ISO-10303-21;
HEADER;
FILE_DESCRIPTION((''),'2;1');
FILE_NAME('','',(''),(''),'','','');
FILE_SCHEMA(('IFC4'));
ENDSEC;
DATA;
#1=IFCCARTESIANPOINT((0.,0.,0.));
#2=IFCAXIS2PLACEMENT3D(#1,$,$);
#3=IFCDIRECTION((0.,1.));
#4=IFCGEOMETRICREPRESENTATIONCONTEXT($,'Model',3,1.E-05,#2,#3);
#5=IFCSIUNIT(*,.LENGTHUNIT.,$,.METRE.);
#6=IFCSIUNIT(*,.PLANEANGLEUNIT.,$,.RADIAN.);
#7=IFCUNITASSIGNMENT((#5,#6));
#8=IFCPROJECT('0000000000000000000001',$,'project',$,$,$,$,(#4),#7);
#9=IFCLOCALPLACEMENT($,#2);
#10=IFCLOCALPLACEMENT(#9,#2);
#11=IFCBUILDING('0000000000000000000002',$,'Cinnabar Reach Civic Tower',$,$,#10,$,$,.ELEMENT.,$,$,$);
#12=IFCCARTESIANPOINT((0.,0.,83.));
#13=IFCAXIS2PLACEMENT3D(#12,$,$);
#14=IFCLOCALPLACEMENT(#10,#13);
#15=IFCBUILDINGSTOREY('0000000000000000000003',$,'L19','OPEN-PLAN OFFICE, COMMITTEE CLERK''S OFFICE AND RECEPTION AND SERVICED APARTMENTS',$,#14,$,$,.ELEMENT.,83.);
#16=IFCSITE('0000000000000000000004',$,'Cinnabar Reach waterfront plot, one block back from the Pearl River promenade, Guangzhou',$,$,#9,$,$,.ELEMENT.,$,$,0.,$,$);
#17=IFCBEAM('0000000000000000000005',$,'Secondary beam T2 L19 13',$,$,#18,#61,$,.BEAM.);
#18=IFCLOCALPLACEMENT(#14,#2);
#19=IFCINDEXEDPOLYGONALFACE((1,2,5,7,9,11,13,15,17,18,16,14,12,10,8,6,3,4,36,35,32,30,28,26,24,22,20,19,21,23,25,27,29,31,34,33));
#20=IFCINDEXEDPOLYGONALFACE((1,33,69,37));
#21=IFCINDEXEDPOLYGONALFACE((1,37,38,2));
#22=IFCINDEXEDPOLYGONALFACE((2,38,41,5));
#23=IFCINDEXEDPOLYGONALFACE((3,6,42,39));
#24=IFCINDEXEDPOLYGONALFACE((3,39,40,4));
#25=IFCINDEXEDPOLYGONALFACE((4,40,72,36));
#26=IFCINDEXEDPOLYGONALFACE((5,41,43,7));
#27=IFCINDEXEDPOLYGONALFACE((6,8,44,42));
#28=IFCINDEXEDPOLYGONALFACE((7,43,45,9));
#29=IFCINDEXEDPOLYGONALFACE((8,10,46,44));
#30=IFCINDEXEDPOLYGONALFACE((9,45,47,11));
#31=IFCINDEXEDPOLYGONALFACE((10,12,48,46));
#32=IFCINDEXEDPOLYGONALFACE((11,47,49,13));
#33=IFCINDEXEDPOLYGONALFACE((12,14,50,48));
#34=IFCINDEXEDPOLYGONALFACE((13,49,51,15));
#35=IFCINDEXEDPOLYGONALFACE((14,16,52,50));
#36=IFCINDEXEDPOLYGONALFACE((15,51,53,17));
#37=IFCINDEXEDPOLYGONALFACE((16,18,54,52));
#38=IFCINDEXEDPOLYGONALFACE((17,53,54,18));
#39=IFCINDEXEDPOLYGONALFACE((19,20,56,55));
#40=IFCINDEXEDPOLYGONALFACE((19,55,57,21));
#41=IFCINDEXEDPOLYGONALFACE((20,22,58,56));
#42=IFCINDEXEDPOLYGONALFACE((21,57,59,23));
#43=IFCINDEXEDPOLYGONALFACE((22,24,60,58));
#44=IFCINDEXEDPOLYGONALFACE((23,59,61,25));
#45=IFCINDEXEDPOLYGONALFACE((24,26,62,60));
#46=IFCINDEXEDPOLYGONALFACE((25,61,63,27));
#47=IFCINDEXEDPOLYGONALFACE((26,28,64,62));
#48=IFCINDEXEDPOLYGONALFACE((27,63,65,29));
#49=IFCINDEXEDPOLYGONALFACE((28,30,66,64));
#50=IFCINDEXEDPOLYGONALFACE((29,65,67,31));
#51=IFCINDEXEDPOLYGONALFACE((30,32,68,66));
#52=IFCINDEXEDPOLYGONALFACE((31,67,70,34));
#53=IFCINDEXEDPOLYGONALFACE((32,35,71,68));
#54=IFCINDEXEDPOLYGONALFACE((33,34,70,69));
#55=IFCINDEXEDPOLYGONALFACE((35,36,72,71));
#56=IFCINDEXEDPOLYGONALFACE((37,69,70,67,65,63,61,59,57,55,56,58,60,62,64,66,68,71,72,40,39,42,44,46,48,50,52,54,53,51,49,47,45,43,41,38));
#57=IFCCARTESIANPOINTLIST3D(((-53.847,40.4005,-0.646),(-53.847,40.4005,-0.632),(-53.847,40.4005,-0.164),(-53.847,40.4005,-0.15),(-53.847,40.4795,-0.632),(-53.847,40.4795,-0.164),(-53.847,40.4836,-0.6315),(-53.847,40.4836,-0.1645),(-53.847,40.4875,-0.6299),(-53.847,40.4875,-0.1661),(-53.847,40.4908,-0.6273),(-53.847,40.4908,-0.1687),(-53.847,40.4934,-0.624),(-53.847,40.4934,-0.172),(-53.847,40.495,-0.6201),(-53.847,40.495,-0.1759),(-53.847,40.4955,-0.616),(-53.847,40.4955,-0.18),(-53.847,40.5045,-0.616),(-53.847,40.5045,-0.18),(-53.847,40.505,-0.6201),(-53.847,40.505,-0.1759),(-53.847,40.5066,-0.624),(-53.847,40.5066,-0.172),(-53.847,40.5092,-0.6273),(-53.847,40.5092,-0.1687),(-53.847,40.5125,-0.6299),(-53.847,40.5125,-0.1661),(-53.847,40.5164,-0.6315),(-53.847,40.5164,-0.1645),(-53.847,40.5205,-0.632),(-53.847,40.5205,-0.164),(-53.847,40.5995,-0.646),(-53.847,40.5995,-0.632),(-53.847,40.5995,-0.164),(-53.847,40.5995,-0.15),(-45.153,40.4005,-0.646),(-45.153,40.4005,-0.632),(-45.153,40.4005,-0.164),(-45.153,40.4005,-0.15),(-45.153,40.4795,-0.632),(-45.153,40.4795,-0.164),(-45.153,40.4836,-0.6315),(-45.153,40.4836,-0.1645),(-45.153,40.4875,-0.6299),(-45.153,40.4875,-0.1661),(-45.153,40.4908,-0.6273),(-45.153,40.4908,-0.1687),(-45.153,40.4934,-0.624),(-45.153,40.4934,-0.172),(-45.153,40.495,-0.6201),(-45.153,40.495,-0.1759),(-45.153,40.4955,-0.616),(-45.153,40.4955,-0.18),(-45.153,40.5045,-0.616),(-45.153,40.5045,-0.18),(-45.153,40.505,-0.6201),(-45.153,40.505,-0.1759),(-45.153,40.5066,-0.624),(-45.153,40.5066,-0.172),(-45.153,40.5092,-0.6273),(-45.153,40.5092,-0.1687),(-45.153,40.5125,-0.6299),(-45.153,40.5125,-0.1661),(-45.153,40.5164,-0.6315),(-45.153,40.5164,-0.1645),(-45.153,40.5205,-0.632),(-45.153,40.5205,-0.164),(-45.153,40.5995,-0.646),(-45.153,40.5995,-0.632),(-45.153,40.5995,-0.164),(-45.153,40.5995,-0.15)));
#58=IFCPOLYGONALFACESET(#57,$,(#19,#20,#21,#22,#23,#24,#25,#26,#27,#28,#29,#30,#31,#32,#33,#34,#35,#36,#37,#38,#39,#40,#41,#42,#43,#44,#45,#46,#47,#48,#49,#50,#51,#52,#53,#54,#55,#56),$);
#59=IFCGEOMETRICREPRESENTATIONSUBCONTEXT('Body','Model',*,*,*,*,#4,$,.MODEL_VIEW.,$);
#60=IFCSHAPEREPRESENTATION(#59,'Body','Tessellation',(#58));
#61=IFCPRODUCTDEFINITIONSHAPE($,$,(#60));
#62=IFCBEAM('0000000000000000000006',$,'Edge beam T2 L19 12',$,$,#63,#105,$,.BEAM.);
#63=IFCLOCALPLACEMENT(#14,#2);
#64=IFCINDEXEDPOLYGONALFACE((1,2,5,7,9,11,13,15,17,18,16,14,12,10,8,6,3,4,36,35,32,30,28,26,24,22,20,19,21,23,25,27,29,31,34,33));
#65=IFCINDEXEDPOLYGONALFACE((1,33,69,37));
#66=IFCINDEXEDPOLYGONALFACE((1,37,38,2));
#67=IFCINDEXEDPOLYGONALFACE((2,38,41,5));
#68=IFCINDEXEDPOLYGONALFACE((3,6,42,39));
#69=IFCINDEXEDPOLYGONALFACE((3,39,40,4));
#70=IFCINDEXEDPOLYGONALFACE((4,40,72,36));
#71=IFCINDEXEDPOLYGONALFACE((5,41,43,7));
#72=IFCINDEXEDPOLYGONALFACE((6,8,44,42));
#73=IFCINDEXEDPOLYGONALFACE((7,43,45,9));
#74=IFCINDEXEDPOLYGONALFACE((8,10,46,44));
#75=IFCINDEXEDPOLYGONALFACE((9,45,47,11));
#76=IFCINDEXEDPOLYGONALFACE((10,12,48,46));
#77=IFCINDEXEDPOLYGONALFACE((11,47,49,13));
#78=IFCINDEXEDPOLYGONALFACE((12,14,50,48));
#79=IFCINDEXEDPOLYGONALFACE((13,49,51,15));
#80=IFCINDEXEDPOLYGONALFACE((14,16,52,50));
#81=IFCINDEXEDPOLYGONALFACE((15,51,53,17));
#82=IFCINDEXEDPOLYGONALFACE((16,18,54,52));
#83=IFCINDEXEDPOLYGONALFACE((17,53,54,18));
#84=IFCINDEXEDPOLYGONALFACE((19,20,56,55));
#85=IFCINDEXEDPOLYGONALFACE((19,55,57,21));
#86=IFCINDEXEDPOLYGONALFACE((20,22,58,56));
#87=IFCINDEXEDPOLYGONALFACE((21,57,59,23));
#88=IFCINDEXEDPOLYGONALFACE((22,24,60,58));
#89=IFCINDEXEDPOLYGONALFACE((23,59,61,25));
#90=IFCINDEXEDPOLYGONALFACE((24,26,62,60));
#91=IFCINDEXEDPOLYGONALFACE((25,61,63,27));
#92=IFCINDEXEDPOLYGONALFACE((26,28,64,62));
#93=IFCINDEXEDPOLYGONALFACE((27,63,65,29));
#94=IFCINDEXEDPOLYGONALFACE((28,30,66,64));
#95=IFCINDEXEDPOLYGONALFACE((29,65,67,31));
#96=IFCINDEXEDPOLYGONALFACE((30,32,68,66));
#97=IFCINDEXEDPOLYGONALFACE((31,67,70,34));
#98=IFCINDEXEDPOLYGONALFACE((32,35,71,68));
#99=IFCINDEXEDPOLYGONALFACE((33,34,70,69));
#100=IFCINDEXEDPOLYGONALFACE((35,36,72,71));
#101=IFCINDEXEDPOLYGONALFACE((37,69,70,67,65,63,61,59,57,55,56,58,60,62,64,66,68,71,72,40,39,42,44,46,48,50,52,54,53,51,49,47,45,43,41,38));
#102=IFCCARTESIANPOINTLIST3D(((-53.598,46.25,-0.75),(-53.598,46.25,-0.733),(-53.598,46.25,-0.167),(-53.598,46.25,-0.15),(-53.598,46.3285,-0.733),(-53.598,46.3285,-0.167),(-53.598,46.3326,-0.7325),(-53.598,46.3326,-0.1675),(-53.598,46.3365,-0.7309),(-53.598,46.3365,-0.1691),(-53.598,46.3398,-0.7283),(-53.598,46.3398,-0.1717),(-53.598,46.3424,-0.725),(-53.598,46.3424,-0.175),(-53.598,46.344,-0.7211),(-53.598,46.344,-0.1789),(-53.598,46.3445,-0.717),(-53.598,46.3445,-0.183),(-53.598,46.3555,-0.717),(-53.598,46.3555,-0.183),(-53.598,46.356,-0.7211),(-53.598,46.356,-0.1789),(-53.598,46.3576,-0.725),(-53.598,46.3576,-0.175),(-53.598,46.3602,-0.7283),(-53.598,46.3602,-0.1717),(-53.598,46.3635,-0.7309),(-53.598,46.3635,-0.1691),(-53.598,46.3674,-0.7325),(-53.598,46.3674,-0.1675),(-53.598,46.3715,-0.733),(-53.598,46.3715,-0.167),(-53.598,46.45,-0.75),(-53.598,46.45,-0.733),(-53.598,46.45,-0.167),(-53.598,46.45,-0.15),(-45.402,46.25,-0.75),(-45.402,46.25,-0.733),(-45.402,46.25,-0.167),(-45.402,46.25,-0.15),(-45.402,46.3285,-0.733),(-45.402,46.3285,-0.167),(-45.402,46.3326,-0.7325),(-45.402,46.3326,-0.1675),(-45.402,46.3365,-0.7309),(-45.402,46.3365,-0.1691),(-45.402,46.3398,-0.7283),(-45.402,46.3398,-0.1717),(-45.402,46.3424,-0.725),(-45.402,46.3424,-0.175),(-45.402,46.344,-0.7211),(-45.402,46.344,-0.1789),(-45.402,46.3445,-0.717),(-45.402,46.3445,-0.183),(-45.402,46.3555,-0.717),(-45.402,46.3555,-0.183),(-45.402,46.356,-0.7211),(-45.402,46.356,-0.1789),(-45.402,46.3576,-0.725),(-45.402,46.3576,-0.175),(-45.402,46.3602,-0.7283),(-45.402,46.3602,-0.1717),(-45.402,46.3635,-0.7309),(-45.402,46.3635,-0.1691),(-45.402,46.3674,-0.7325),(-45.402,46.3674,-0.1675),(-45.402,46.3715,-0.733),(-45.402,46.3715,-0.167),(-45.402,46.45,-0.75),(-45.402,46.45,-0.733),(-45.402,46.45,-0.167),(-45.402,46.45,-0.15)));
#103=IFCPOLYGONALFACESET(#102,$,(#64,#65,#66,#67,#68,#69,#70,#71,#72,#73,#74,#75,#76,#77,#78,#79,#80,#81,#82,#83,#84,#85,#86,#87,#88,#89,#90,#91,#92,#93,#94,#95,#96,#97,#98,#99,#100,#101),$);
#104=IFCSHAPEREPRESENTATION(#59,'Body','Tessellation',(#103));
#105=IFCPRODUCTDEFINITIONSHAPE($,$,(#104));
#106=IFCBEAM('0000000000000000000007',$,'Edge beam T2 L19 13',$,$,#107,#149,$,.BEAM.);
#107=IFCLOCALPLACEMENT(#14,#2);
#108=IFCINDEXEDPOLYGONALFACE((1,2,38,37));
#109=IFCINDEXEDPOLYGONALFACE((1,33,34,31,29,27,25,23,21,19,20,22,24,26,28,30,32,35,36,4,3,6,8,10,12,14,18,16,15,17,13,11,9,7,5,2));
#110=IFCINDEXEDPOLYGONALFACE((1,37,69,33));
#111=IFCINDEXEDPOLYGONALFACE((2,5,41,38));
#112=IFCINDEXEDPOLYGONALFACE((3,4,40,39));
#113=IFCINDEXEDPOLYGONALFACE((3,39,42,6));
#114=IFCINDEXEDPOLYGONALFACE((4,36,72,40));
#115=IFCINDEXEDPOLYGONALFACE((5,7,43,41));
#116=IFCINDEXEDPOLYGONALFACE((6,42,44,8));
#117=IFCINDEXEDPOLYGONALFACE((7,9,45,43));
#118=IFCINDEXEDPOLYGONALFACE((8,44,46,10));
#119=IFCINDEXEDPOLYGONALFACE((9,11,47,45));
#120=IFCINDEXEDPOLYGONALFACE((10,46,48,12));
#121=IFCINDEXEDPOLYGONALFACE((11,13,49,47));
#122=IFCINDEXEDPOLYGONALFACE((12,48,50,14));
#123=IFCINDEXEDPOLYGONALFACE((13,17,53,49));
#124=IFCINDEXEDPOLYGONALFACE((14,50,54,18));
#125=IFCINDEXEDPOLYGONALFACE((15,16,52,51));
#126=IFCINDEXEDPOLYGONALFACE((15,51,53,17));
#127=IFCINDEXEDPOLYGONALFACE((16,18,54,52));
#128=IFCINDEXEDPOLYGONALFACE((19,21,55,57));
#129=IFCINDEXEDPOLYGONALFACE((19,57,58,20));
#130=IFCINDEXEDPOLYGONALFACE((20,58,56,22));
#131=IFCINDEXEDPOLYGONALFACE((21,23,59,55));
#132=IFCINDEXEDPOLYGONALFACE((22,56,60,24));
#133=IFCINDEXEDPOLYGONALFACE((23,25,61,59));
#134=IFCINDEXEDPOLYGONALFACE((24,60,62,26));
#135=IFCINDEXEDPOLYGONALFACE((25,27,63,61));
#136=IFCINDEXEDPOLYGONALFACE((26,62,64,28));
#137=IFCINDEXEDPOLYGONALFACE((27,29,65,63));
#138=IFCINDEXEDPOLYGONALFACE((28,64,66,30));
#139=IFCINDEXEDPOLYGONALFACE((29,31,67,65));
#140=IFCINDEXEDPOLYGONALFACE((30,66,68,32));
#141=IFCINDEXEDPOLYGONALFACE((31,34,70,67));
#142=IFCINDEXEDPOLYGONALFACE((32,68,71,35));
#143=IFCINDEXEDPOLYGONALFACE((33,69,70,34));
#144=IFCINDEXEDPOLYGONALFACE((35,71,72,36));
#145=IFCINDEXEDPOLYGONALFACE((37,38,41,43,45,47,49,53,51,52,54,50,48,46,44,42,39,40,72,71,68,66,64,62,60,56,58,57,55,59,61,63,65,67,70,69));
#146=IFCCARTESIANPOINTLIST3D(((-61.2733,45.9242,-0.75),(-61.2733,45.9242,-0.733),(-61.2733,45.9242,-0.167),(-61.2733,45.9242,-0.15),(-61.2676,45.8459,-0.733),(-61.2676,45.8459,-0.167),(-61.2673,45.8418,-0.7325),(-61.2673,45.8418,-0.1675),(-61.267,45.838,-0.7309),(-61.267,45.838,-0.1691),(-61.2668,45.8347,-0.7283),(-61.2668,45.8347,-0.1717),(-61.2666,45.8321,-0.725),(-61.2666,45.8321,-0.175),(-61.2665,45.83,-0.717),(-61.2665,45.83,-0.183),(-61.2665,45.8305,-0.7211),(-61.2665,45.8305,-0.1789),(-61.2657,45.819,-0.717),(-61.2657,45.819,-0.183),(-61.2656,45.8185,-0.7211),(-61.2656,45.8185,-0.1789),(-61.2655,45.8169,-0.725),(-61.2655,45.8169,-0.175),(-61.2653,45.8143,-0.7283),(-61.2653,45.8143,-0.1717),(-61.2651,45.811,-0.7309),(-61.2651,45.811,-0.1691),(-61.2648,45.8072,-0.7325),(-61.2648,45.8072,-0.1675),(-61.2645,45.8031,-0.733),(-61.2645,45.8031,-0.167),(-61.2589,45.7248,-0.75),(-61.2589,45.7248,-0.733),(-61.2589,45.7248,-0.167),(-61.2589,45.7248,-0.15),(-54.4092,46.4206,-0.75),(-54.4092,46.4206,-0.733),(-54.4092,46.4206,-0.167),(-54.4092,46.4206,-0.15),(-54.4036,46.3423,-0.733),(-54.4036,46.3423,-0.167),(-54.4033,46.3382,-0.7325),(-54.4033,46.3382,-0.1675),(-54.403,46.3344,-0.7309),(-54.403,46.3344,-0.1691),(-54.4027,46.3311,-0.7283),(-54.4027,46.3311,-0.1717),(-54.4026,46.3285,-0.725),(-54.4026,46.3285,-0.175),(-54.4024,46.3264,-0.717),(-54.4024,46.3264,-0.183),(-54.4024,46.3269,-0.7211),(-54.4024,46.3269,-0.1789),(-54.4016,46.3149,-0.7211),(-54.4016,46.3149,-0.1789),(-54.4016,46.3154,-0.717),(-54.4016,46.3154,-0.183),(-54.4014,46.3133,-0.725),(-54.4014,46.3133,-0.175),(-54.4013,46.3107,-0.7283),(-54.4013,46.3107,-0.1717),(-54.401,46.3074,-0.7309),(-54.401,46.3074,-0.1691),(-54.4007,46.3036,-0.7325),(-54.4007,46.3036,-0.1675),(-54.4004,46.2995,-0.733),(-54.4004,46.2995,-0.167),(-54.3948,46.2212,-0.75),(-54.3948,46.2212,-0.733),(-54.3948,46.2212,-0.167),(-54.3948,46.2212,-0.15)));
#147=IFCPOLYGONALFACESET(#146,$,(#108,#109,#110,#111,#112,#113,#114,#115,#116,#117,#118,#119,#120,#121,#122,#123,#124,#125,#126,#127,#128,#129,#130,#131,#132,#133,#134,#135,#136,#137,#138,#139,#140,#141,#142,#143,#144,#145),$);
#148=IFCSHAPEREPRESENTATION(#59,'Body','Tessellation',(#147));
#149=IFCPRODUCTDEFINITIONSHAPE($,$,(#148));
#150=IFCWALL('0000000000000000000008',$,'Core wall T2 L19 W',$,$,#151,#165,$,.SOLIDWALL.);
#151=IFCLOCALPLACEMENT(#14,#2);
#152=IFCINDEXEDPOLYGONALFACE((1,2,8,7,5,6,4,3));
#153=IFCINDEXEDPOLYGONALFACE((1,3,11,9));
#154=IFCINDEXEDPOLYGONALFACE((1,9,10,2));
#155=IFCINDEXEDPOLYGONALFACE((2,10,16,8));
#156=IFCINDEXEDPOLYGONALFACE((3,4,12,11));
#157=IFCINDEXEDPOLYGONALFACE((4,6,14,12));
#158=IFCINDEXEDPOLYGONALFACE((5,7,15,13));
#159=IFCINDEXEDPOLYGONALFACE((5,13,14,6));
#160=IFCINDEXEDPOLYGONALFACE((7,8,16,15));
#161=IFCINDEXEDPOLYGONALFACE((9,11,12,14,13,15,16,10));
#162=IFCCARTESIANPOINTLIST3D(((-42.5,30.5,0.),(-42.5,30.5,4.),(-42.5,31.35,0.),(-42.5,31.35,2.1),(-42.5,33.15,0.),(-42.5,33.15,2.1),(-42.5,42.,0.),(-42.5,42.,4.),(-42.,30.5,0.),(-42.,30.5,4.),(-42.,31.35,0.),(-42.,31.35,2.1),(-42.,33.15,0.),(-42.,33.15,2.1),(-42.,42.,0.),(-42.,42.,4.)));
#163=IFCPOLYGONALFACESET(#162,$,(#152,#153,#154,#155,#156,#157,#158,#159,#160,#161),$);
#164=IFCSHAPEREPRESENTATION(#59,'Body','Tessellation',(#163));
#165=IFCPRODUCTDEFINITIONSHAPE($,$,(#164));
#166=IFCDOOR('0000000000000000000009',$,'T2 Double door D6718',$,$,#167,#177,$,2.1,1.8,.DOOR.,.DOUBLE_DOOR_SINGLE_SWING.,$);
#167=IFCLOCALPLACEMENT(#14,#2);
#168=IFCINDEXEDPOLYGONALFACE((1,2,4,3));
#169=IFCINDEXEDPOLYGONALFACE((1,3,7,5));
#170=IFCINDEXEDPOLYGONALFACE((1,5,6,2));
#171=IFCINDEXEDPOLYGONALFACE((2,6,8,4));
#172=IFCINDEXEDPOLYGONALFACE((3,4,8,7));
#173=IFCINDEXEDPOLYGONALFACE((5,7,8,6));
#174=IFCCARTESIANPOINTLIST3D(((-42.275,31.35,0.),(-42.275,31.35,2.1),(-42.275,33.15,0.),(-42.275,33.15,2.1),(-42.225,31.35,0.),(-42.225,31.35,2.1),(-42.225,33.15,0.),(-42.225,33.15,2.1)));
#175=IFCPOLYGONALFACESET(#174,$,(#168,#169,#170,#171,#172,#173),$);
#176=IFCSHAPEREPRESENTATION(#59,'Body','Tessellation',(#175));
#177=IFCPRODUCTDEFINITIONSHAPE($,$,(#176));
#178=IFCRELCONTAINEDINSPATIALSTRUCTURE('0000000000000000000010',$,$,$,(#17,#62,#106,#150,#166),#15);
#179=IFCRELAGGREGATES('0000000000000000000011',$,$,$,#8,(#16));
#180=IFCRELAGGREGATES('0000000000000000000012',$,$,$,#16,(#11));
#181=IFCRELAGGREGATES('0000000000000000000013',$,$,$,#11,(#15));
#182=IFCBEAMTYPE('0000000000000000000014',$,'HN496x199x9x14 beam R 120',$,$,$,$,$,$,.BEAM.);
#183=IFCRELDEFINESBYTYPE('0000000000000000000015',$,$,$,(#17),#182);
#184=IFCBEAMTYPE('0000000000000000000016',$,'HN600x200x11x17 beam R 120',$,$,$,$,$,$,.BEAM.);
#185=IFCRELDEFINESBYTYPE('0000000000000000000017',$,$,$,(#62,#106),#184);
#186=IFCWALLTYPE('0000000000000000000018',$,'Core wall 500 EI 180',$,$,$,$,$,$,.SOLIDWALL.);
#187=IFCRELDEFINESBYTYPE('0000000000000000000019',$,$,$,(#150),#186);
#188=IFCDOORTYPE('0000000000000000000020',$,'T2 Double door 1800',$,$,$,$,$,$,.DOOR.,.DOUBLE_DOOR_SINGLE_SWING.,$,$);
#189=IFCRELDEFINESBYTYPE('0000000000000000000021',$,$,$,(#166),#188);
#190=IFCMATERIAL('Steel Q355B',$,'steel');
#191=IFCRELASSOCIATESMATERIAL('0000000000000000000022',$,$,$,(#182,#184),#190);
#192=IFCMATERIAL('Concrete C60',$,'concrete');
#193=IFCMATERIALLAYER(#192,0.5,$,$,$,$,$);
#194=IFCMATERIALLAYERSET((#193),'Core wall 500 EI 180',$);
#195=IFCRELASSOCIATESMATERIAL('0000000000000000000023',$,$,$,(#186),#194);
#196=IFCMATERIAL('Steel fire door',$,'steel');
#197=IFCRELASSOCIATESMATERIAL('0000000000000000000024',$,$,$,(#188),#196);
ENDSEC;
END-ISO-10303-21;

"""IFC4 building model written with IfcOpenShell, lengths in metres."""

from ifc_helpers import new_model, si_unit, direction, frame, frame_2d, origin, origin_2d, place, context, subcontext, project, spatial, rectangle, i_section, extrude, material, layer, layer_set, material_profile, profile_set, type_object, element, fill, save


model = new_model("IFC4")

# Units and contexts
model_context = context("Model", 3, precision=1e-05, world=origin(), true_north=direction((0.0, 1.0)))
body_context = subcontext(model_context, "Body", "Model", "MODEL_VIEW")
ifc_project = project(units=[si_unit("LENGTHUNIT", "METRE"), si_unit("PLANEANGLEUNIT", "RADIAN")], contexts=[model_context])

# Site, building, storey
site_placement = place(None, origin())
site = spatial("IfcSite", under=ifc_project, at=site_placement, Name="Cinnabar Reach waterfront plot, one block back from the Pearl River promenade, Guangzhou", CompositionType="ELEMENT", RefElevation=0.0)
building_placement = place(site_placement, origin())
building = spatial("IfcBuilding", under=site, at=building_placement, Name="Cinnabar Reach Civic Tower", CompositionType="ELEMENT")
storey_placement = place(building_placement, frame((0.0, 0.0, 83.0)))
storey = spatial("IfcBuildingStorey", under=building, at=storey_placement, Name="L19", Description="OPEN-PLAN OFFICE, COMMITTEE CLERK'S OFFICE AND RECEPTION AND SERVICED APARTMENTS", CompositionType="ELEMENT", Elevation=83.0)

# Shared definitions
ifc_material_1 = material(Name="Concrete C60", Category="concrete")

# Beams
ifc_material_2 = material(Name="Steel Q355B", Category="steel")
ifc_material_profile_1 = material_profile(ifc_material_2, i_section(OverallWidth=0.199, OverallDepth=0.496, WebThickness=0.009, FlangeThickness=0.014, FilletRadius=0.016, at=origin_2d()), Name="HN496x199x9x14")
ifc_profile_set_1 = profile_set([ifc_material_profile_1], Name="Steel Q355B")
beam_type_1 = type_object("IfcBeamType", Name="HN496x199x9x14 beam R 120", PredefinedType="BEAM", material=ifc_profile_set_1)
beam_1_placement = place(storey_placement, frame((-53.847, 40.5, -0.398), z_axis=(1.0, 0.0, 0.0), x_axis=(0.0, 1.0, 0.0)))
element("IfcBeam", 1, at=beam_1_placement, inside=storey, type_object=beam_type_1, Name="Secondary beam T2 L19 13", PredefinedType="BEAM", context=body_context, shape_type="SweptSolid", body=[
    extrude(i_section(OverallWidth=0.199, OverallDepth=0.496, WebThickness=0.009, FlangeThickness=0.014, FilletRadius=0.016, at=origin_2d()), origin(), (0.0, 0.0, 1.0), 8.694),
])
ifc_material_profile_2 = material_profile(ifc_material_2, i_section(OverallWidth=0.2, OverallDepth=0.6, WebThickness=0.011, FlangeThickness=0.017, FilletRadius=0.016, at=origin_2d()), Name="HN600x200x11x17")
ifc_profile_set_2 = profile_set([ifc_material_profile_2], Name="Steel Q355B")
beam_type_2 = type_object("IfcBeamType", Name="HN600x200x11x17 beam R 120", PredefinedType="BEAM", material=ifc_profile_set_2)
beam_2_placement = place(storey_placement, frame((-45.402, 46.35, -0.45), z_axis=(-1.0, 0.0, 0.0), x_axis=(0.0, -1.0, 0.0)))
element("IfcBeam", 2, at=beam_2_placement, inside=storey, type_object=beam_type_2, Name="Edge beam T2 L19 12", PredefinedType="BEAM", context=body_context, shape_type="SweptSolid", body=[
    extrude(i_section(OverallWidth=0.2, OverallDepth=0.6, WebThickness=0.011, FlangeThickness=0.017, FilletRadius=0.016, at=origin_2d()), origin(), (0.0, 0.0, 1.0), 8.196),
])
beam_3_placement = place(storey_placement, frame((-54.402, 46.3209, -0.45), z_axis=(-0.997395, -0.07213, 0.0), x_axis=(0.07213, -0.997395, 0.0)))
element("IfcBeam", 3, at=beam_3_placement, inside=storey, type_object=beam_type_2, Name="Edge beam T2 L19 13", PredefinedType="BEAM", context=body_context, shape_type="SweptSolid", body=[
    extrude(i_section(OverallWidth=0.2, OverallDepth=0.6, WebThickness=0.011, FlangeThickness=0.017, FilletRadius=0.016, at=origin_2d()), origin(), (0.0, 0.0, 1.0), 6.882),
])

# Wall, opening, door
ifc_layer_1 = layer(ifc_material_1, 0.5)
ifc_layer_set_1 = layer_set([ifc_layer_1], Name="Core wall 500 EI 180")
wall_type_1 = type_object("IfcWallType", Name="Core wall 500 EI 180", PredefinedType="SOLIDWALL", material=ifc_layer_set_1)
wall_1_placement = place(storey_placement, frame((-42.25, 42.0, 0.0), z_axis=(0.0, 0.0, 1.0), x_axis=(0.0, -1.0, 0.0)))
wall_1 = element("IfcWall", 4, at=wall_1_placement, inside=storey, type_object=wall_type_1, Name="Core wall T2 L19 W", PredefinedType="SOLIDWALL", context=body_context, shape_type="SweptSolid", body=[
    extrude(rectangle(XDim=11.5, YDim=0.5, at=frame_2d((5.75, 0.0))), origin(), (0.0, 0.0, 1.0), 4.0),
])
opening_1_placement = place(wall_1_placement, frame((8.85, 0.0, 0.0)))
opening_1 = element("IfcOpeningElement", 5, at=opening_1_placement, cuts=wall_1, PredefinedType="OPENING", context=body_context, shape_type="SweptSolid", body=[
    extrude(rectangle(XDim=1.8, YDim=2.1, at=frame_2d((0.9, 1.05))), frame((0.0, 0.26, 0.0), z_axis=(0.0, -1.0, 0.0), x_axis=(1.0, 0.0, 0.0)), (0.0, 0.0, 1.0), 0.52),
])
ifc_material_3 = material(Name="Steel fire door", Category="steel")
door_type_1 = type_object("IfcDoorType", Name="T2 Double door 1800", OperationType="DOUBLE_DOOR_SINGLE_SWING", PredefinedType="DOOR", material=ifc_material_3)
door_1_placement = place(opening_1_placement, frame((1.8, 0.0, 0.0), z_axis=(0.0, 0.0, 1.0), x_axis=(-1.0, 0.0, 0.0)))
door_1 = element("IfcDoor", 6, at=door_1_placement, inside=storey, type_object=door_type_1, Name="T2 Double door D6718", OperationType="DOUBLE_DOOR_SINGLE_SWING", OverallHeight=2.1, OverallWidth=1.8, PredefinedType="DOOR", context=body_context, shape_type="SweptSolid", body=[
    extrude(rectangle(XDim=1.8, YDim=2.1, at=frame_2d((0.9, 1.05))), frame((0.0, 0.025, 0.0), z_axis=(0.0, -1.0, 0.0), x_axis=(1.0, 0.0, 0.0)), (0.0, 0.0, 1.0), 0.05),
])
fill(opening_1, door_1)

save(model, "model.ifc")
